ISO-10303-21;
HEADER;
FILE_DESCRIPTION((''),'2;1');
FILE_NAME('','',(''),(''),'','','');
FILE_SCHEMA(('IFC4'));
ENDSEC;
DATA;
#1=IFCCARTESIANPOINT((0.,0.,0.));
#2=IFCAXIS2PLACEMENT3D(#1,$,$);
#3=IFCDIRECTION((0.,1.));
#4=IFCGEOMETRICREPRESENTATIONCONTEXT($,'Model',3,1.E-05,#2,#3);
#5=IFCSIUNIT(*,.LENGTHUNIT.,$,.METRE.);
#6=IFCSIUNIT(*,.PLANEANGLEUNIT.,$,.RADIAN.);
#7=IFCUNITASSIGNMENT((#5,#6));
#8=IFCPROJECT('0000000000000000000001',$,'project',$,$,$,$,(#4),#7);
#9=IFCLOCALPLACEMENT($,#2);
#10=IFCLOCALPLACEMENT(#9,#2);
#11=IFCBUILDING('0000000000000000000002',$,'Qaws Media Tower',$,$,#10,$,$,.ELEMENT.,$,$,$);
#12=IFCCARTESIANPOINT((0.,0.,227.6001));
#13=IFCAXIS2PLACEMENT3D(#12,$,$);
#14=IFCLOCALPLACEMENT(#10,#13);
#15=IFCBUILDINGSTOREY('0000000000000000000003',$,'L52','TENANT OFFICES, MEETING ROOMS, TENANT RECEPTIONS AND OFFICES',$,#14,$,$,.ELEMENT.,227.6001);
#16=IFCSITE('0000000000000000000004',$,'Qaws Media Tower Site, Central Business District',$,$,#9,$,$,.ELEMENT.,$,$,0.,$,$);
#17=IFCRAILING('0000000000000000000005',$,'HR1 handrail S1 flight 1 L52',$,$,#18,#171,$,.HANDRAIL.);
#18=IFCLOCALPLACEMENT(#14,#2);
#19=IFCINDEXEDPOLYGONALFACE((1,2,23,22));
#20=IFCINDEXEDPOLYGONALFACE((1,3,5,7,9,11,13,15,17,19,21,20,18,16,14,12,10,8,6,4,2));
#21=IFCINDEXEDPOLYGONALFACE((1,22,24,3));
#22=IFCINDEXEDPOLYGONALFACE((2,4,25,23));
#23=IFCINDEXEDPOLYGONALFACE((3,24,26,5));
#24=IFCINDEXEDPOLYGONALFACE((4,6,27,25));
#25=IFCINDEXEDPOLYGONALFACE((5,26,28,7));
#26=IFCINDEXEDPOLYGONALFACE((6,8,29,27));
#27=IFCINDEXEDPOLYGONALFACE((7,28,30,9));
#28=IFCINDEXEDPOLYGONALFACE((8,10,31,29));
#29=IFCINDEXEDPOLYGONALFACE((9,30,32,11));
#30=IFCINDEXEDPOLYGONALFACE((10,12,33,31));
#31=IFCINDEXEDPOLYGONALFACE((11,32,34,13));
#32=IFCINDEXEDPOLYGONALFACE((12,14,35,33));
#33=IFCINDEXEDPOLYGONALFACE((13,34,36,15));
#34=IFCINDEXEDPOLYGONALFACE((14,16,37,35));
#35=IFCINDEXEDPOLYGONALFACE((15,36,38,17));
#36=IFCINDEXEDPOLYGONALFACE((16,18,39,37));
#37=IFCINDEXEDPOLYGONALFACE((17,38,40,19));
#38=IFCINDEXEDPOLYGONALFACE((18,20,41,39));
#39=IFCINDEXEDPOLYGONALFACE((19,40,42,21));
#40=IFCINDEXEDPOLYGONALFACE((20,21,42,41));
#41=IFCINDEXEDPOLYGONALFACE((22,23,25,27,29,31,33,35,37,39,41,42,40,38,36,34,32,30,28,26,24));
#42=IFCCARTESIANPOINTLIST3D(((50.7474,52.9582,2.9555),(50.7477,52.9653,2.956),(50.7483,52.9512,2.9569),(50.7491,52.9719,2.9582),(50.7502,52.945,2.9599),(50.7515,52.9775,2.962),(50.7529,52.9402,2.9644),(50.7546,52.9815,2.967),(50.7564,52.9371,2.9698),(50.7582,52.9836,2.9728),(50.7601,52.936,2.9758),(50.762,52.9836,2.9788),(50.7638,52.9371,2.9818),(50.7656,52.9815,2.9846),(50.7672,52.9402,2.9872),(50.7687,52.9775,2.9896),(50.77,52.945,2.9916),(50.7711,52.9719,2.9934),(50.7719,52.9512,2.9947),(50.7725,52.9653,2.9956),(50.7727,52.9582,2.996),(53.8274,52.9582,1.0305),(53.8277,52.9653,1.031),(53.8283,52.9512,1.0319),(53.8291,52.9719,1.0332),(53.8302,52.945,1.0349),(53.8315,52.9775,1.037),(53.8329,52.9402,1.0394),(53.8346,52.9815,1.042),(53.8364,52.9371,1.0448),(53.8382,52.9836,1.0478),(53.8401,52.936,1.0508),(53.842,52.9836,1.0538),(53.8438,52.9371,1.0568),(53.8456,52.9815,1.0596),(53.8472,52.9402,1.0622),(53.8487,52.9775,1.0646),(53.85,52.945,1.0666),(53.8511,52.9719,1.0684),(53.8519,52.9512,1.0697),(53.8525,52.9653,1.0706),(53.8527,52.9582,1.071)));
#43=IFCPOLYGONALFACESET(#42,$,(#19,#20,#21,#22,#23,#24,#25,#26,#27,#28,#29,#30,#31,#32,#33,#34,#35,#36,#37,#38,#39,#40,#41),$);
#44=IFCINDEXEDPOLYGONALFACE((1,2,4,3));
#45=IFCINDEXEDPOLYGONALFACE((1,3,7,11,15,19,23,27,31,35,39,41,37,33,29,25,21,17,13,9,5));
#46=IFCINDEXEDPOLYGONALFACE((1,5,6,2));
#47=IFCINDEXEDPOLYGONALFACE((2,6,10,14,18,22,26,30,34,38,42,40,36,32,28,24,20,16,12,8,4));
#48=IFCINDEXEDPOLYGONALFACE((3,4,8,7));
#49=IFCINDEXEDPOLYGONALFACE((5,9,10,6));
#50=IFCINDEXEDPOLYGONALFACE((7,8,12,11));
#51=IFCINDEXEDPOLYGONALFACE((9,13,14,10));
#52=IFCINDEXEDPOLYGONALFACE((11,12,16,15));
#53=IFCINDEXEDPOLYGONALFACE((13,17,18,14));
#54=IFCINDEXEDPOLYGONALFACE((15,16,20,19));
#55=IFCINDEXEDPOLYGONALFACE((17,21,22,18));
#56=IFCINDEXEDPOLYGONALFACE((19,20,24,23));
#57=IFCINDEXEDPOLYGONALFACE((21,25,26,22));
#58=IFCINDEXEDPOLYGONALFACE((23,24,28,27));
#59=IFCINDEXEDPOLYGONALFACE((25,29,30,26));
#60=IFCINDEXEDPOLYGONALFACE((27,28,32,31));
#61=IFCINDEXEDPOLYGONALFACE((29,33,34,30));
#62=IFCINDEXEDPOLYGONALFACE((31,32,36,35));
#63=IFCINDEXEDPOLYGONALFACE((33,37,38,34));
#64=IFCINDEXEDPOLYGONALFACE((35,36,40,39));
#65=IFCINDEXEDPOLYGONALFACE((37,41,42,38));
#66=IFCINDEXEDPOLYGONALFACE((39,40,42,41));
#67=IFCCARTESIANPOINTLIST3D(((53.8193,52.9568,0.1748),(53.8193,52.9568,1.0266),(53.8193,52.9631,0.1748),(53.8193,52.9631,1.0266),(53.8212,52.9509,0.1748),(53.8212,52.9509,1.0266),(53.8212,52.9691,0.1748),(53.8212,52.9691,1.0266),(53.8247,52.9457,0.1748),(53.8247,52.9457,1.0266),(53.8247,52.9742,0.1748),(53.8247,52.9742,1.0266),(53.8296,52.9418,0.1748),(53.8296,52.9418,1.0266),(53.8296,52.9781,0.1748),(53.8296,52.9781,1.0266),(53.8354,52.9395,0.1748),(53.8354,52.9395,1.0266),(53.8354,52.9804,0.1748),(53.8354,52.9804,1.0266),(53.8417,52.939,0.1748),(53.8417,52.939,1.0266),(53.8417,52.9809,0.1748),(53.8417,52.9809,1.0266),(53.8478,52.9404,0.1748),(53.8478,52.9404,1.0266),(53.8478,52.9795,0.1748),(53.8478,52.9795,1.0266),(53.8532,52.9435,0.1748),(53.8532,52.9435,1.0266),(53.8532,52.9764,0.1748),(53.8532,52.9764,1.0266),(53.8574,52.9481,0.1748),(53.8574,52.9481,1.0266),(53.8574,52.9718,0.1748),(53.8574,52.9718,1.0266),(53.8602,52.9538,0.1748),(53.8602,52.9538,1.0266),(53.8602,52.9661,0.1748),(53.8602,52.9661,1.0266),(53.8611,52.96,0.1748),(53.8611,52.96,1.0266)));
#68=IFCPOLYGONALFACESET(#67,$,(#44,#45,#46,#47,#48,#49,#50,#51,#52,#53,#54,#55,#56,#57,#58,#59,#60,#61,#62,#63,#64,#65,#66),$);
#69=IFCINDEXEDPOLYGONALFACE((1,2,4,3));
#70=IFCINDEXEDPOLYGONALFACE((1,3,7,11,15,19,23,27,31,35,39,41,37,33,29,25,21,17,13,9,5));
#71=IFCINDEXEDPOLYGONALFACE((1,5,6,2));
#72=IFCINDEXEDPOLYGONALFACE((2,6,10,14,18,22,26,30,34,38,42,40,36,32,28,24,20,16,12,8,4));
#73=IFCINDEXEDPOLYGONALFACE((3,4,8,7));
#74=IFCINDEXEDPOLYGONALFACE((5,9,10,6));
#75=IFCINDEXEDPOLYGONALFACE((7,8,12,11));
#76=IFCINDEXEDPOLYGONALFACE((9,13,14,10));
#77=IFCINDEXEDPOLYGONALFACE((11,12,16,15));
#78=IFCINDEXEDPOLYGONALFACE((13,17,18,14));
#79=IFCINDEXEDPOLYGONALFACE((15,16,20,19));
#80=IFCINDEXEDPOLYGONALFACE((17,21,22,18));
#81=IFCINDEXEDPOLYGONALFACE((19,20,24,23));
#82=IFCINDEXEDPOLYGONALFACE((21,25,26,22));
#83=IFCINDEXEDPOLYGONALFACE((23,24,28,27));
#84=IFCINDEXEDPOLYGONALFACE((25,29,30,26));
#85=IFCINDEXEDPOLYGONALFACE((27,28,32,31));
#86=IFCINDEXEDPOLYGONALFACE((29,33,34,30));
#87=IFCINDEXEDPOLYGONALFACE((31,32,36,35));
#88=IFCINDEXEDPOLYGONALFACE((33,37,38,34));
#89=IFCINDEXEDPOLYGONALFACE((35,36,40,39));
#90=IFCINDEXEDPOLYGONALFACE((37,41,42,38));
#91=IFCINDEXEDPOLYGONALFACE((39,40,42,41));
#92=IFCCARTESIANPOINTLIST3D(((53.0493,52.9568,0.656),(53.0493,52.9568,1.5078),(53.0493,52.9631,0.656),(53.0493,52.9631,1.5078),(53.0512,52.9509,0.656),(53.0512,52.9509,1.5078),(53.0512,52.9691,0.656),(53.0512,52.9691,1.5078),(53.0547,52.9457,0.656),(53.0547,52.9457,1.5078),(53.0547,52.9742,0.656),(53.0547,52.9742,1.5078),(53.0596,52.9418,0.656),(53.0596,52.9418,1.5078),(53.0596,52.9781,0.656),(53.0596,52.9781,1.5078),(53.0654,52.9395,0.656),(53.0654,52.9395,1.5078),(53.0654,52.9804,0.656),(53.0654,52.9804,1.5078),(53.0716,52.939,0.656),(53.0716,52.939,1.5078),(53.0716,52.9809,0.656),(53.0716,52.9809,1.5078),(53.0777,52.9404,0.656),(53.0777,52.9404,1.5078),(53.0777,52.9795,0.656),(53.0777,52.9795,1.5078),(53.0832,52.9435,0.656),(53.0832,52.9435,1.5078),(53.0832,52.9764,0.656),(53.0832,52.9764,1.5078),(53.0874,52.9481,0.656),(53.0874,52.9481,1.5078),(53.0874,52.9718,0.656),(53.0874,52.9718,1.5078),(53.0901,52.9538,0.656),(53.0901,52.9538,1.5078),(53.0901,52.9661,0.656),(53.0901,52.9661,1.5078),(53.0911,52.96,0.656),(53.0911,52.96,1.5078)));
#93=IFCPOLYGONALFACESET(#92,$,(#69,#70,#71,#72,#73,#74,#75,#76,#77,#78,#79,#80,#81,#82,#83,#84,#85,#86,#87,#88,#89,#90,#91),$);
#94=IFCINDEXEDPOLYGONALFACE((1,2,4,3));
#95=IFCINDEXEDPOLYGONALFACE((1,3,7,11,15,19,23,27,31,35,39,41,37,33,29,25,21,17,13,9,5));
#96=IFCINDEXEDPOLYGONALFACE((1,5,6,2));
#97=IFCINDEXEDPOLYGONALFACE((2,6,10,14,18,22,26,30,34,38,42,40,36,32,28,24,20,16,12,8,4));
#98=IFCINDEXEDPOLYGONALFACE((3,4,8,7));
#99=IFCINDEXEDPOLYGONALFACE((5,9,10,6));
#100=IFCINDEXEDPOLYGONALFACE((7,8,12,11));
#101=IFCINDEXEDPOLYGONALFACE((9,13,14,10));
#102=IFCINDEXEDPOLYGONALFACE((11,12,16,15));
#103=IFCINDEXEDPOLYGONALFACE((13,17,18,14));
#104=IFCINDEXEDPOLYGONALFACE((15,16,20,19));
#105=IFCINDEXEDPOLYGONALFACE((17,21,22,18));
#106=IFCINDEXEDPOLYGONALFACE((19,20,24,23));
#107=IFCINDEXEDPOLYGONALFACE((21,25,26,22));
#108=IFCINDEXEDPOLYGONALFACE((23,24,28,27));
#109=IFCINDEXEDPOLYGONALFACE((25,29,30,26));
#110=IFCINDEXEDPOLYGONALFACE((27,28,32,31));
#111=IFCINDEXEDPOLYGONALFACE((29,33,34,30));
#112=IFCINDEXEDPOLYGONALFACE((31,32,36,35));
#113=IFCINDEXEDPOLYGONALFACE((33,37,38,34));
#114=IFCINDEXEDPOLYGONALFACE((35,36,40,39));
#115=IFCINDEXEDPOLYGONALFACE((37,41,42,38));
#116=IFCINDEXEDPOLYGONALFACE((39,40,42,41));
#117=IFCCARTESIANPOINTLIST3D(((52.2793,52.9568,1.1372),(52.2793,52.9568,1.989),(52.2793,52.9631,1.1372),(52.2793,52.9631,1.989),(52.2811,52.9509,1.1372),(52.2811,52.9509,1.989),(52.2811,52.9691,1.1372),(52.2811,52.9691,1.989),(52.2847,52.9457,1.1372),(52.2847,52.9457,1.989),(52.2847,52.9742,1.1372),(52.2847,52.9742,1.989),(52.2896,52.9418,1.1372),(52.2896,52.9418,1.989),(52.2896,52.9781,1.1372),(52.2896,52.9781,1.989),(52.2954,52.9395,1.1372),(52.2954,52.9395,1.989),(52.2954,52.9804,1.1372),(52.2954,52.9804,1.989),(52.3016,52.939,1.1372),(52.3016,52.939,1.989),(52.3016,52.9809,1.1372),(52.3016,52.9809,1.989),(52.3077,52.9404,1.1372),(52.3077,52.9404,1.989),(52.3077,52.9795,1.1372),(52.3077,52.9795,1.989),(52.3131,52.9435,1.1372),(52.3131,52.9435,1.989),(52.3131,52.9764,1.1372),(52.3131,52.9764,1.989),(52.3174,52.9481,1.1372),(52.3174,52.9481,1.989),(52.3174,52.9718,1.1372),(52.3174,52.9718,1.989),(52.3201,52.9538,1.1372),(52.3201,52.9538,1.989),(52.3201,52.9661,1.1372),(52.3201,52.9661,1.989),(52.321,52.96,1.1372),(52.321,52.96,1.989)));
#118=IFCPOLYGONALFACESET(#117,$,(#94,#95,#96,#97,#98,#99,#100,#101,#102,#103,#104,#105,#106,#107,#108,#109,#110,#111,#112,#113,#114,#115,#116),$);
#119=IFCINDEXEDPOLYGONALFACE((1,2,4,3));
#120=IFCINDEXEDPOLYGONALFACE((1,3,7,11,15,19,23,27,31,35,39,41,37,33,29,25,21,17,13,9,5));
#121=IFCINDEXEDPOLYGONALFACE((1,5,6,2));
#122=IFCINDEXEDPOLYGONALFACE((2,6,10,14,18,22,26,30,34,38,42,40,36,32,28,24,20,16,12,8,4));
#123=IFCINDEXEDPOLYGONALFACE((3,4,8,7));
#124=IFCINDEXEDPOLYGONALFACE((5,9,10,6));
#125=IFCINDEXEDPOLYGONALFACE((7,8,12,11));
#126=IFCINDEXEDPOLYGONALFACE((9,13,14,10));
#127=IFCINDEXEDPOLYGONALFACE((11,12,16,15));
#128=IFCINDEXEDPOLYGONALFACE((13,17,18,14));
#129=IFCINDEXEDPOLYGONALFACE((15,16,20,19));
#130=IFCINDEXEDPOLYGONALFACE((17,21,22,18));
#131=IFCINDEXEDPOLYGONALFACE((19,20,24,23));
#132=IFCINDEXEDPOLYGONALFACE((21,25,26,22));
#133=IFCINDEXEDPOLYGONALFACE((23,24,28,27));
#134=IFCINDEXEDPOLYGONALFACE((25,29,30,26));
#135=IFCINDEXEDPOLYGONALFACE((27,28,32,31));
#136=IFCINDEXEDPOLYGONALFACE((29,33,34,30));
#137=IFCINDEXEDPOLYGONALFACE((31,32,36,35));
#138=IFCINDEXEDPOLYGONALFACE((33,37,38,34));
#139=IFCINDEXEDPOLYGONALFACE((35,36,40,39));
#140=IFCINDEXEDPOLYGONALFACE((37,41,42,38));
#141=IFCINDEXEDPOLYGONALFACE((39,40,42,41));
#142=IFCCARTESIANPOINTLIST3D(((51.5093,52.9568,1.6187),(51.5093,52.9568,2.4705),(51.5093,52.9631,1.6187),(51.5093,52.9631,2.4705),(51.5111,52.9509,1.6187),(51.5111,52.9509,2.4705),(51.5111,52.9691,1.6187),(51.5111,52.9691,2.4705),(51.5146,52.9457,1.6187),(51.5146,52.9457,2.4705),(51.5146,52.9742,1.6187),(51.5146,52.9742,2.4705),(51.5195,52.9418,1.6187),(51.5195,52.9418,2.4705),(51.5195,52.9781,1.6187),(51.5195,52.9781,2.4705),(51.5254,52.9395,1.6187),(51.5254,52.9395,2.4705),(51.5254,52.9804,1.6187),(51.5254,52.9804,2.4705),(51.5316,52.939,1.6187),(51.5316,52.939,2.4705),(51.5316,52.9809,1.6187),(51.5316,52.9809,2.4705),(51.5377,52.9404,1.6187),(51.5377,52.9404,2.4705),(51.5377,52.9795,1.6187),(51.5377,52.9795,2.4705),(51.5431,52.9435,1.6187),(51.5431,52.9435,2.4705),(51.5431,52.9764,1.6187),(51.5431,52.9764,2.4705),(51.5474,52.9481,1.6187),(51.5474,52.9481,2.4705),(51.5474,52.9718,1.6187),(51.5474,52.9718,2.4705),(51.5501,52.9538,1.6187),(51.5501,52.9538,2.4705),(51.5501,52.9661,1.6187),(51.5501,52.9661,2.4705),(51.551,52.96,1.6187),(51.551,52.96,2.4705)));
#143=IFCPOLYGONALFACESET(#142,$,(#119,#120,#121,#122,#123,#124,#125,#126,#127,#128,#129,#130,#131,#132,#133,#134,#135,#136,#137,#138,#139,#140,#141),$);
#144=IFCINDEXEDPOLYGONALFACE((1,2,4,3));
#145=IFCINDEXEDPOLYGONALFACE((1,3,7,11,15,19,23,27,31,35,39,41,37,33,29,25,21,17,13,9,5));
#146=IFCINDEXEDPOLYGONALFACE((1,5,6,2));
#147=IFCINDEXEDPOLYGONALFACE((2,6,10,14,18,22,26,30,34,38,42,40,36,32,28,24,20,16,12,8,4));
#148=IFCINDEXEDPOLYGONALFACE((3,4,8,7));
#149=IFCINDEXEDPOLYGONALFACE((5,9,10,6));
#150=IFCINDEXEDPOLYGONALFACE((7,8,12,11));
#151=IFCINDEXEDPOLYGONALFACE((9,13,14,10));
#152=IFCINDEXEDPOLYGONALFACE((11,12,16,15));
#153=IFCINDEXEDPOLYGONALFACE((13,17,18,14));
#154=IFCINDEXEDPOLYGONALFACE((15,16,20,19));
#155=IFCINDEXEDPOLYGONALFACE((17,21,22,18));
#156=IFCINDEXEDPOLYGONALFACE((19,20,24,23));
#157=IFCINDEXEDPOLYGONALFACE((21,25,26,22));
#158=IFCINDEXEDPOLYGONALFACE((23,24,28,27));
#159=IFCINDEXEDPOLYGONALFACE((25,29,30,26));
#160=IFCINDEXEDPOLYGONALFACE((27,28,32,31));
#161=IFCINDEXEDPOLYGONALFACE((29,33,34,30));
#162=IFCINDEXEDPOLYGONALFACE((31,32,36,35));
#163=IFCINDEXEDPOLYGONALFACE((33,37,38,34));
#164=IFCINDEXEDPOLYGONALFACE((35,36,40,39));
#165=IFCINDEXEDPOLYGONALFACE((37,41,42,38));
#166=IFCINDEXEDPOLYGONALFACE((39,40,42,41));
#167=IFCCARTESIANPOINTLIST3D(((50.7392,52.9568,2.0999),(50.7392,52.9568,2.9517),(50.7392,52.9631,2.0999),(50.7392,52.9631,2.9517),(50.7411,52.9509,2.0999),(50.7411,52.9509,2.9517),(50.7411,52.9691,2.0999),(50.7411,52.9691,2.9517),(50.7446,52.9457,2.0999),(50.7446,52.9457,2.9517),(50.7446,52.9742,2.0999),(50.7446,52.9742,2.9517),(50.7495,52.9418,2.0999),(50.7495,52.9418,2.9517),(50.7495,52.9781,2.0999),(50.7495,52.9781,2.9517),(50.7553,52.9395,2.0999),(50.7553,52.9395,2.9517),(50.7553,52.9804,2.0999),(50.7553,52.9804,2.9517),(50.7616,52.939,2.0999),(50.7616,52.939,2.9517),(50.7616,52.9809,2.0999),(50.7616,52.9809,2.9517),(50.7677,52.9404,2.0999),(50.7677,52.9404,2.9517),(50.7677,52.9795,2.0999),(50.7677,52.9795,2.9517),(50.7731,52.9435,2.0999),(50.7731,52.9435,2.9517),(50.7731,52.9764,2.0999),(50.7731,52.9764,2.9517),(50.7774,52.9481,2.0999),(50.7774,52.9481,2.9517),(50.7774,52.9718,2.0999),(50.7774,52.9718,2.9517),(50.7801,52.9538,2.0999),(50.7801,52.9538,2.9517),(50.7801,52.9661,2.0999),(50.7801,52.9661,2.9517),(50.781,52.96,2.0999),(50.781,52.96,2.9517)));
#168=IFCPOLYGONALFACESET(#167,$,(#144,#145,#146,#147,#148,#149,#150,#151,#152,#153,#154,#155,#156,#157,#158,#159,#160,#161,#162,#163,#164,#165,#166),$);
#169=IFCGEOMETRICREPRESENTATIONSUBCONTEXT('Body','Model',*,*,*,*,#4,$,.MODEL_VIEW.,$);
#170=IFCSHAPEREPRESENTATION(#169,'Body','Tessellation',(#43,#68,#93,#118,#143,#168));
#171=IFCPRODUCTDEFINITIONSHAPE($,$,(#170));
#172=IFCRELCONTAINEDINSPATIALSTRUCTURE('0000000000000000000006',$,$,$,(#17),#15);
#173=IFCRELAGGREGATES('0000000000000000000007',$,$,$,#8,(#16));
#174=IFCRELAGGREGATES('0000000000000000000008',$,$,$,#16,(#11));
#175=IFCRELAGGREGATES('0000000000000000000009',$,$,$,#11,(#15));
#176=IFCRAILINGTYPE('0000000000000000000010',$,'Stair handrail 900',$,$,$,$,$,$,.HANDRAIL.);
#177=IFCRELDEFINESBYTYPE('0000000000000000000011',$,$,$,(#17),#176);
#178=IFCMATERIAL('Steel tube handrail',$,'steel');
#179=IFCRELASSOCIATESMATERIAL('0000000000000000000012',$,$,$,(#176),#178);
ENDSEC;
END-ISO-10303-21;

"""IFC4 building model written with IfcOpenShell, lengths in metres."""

from ifc_helpers import new_model, si_unit, direction, frame, origin, origin_2d, place, context, subcontext, project, spatial, circle, extrude, material, type_object, element, save


model = new_model("IFC4")

# Units and contexts
model_context = context("Model", 3, precision=1e-05, world=origin(), true_north=direction((0.0, 1.0)))
body_context = subcontext(model_context, "Body", "Model", "MODEL_VIEW")
ifc_project = project(units=[si_unit("LENGTHUNIT", "METRE"), si_unit("PLANEANGLEUNIT", "RADIAN")], contexts=[model_context])

# Site, building, storey
site_placement = place(None, origin())
site = spatial("IfcSite", under=ifc_project, at=site_placement, Name="Qaws Media Tower Site, Central Business District", CompositionType="ELEMENT", RefElevation=0.0)
building_placement = place(site_placement, origin())
building = spatial("IfcBuilding", under=site, at=building_placement, Name="Qaws Media Tower", CompositionType="ELEMENT")
storey_placement = place(building_placement, frame((0.0, 0.0, 227.6001)))
storey = spatial("IfcBuildingStorey", under=building, at=storey_placement, Name="L52", Description="TENANT OFFICES, MEETING ROOMS, TENANT RECEPTIONS AND OFFICES", CompositionType="ELEMENT", Elevation=227.6001)

# Railing
ifc_material_1 = material(Name="Steel tube handrail", Category="steel")
railing_type = type_object("IfcRailingType", Name="Stair handrail 900", PredefinedType="HANDRAIL", material=ifc_material_1)
for number, where, name in (
    (1, (53.8401, 52.96, 0.1748), "HR1 handrail S1 flight 1 L52"),
):
    element("IfcRailing", number, at=place(storey_placement, frame(where)), inside=storey, type_object=railing_type, Name=name, PredefinedType="HANDRAIL", context=body_context, shape_type="SweptSolid", body=[
        extrude(circle(Radius=0.0239, at=origin_2d()), frame((0.0, 0.0, 0.876), z_axis=(-0.847998, 0.0, 0.529999), x_axis=(0.0, -1.0, 0.0)), (0.0, 0.0, 1.0), 3.6321),
        extrude(circle(Radius=0.021, at=origin_2d()), origin(), (0.0, 0.0, 1.0), 0.8518),
        extrude(circle(Radius=0.021, at=origin_2d()), frame((-0.77, 0.0, 0.4812)), (0.0, 0.0, 1.0), 0.8518),
        extrude(circle(Radius=0.021, at=origin_2d()), frame((-1.54, 0.0, 0.9624)), (0.0, 0.0, 1.0), 0.8518),
        extrude(circle(Radius=0.021, at=origin_2d()), frame((-2.3101, 0.0, 1.4438)), (0.0, 0.0, 1.0), 0.8518),
        extrude(circle(Radius=0.021, at=origin_2d()), frame((-3.0801, 0.0, 1.925)), (0.0, 0.0, 1.0), 0.8518),
    ])

save(model, "model.ifc")
